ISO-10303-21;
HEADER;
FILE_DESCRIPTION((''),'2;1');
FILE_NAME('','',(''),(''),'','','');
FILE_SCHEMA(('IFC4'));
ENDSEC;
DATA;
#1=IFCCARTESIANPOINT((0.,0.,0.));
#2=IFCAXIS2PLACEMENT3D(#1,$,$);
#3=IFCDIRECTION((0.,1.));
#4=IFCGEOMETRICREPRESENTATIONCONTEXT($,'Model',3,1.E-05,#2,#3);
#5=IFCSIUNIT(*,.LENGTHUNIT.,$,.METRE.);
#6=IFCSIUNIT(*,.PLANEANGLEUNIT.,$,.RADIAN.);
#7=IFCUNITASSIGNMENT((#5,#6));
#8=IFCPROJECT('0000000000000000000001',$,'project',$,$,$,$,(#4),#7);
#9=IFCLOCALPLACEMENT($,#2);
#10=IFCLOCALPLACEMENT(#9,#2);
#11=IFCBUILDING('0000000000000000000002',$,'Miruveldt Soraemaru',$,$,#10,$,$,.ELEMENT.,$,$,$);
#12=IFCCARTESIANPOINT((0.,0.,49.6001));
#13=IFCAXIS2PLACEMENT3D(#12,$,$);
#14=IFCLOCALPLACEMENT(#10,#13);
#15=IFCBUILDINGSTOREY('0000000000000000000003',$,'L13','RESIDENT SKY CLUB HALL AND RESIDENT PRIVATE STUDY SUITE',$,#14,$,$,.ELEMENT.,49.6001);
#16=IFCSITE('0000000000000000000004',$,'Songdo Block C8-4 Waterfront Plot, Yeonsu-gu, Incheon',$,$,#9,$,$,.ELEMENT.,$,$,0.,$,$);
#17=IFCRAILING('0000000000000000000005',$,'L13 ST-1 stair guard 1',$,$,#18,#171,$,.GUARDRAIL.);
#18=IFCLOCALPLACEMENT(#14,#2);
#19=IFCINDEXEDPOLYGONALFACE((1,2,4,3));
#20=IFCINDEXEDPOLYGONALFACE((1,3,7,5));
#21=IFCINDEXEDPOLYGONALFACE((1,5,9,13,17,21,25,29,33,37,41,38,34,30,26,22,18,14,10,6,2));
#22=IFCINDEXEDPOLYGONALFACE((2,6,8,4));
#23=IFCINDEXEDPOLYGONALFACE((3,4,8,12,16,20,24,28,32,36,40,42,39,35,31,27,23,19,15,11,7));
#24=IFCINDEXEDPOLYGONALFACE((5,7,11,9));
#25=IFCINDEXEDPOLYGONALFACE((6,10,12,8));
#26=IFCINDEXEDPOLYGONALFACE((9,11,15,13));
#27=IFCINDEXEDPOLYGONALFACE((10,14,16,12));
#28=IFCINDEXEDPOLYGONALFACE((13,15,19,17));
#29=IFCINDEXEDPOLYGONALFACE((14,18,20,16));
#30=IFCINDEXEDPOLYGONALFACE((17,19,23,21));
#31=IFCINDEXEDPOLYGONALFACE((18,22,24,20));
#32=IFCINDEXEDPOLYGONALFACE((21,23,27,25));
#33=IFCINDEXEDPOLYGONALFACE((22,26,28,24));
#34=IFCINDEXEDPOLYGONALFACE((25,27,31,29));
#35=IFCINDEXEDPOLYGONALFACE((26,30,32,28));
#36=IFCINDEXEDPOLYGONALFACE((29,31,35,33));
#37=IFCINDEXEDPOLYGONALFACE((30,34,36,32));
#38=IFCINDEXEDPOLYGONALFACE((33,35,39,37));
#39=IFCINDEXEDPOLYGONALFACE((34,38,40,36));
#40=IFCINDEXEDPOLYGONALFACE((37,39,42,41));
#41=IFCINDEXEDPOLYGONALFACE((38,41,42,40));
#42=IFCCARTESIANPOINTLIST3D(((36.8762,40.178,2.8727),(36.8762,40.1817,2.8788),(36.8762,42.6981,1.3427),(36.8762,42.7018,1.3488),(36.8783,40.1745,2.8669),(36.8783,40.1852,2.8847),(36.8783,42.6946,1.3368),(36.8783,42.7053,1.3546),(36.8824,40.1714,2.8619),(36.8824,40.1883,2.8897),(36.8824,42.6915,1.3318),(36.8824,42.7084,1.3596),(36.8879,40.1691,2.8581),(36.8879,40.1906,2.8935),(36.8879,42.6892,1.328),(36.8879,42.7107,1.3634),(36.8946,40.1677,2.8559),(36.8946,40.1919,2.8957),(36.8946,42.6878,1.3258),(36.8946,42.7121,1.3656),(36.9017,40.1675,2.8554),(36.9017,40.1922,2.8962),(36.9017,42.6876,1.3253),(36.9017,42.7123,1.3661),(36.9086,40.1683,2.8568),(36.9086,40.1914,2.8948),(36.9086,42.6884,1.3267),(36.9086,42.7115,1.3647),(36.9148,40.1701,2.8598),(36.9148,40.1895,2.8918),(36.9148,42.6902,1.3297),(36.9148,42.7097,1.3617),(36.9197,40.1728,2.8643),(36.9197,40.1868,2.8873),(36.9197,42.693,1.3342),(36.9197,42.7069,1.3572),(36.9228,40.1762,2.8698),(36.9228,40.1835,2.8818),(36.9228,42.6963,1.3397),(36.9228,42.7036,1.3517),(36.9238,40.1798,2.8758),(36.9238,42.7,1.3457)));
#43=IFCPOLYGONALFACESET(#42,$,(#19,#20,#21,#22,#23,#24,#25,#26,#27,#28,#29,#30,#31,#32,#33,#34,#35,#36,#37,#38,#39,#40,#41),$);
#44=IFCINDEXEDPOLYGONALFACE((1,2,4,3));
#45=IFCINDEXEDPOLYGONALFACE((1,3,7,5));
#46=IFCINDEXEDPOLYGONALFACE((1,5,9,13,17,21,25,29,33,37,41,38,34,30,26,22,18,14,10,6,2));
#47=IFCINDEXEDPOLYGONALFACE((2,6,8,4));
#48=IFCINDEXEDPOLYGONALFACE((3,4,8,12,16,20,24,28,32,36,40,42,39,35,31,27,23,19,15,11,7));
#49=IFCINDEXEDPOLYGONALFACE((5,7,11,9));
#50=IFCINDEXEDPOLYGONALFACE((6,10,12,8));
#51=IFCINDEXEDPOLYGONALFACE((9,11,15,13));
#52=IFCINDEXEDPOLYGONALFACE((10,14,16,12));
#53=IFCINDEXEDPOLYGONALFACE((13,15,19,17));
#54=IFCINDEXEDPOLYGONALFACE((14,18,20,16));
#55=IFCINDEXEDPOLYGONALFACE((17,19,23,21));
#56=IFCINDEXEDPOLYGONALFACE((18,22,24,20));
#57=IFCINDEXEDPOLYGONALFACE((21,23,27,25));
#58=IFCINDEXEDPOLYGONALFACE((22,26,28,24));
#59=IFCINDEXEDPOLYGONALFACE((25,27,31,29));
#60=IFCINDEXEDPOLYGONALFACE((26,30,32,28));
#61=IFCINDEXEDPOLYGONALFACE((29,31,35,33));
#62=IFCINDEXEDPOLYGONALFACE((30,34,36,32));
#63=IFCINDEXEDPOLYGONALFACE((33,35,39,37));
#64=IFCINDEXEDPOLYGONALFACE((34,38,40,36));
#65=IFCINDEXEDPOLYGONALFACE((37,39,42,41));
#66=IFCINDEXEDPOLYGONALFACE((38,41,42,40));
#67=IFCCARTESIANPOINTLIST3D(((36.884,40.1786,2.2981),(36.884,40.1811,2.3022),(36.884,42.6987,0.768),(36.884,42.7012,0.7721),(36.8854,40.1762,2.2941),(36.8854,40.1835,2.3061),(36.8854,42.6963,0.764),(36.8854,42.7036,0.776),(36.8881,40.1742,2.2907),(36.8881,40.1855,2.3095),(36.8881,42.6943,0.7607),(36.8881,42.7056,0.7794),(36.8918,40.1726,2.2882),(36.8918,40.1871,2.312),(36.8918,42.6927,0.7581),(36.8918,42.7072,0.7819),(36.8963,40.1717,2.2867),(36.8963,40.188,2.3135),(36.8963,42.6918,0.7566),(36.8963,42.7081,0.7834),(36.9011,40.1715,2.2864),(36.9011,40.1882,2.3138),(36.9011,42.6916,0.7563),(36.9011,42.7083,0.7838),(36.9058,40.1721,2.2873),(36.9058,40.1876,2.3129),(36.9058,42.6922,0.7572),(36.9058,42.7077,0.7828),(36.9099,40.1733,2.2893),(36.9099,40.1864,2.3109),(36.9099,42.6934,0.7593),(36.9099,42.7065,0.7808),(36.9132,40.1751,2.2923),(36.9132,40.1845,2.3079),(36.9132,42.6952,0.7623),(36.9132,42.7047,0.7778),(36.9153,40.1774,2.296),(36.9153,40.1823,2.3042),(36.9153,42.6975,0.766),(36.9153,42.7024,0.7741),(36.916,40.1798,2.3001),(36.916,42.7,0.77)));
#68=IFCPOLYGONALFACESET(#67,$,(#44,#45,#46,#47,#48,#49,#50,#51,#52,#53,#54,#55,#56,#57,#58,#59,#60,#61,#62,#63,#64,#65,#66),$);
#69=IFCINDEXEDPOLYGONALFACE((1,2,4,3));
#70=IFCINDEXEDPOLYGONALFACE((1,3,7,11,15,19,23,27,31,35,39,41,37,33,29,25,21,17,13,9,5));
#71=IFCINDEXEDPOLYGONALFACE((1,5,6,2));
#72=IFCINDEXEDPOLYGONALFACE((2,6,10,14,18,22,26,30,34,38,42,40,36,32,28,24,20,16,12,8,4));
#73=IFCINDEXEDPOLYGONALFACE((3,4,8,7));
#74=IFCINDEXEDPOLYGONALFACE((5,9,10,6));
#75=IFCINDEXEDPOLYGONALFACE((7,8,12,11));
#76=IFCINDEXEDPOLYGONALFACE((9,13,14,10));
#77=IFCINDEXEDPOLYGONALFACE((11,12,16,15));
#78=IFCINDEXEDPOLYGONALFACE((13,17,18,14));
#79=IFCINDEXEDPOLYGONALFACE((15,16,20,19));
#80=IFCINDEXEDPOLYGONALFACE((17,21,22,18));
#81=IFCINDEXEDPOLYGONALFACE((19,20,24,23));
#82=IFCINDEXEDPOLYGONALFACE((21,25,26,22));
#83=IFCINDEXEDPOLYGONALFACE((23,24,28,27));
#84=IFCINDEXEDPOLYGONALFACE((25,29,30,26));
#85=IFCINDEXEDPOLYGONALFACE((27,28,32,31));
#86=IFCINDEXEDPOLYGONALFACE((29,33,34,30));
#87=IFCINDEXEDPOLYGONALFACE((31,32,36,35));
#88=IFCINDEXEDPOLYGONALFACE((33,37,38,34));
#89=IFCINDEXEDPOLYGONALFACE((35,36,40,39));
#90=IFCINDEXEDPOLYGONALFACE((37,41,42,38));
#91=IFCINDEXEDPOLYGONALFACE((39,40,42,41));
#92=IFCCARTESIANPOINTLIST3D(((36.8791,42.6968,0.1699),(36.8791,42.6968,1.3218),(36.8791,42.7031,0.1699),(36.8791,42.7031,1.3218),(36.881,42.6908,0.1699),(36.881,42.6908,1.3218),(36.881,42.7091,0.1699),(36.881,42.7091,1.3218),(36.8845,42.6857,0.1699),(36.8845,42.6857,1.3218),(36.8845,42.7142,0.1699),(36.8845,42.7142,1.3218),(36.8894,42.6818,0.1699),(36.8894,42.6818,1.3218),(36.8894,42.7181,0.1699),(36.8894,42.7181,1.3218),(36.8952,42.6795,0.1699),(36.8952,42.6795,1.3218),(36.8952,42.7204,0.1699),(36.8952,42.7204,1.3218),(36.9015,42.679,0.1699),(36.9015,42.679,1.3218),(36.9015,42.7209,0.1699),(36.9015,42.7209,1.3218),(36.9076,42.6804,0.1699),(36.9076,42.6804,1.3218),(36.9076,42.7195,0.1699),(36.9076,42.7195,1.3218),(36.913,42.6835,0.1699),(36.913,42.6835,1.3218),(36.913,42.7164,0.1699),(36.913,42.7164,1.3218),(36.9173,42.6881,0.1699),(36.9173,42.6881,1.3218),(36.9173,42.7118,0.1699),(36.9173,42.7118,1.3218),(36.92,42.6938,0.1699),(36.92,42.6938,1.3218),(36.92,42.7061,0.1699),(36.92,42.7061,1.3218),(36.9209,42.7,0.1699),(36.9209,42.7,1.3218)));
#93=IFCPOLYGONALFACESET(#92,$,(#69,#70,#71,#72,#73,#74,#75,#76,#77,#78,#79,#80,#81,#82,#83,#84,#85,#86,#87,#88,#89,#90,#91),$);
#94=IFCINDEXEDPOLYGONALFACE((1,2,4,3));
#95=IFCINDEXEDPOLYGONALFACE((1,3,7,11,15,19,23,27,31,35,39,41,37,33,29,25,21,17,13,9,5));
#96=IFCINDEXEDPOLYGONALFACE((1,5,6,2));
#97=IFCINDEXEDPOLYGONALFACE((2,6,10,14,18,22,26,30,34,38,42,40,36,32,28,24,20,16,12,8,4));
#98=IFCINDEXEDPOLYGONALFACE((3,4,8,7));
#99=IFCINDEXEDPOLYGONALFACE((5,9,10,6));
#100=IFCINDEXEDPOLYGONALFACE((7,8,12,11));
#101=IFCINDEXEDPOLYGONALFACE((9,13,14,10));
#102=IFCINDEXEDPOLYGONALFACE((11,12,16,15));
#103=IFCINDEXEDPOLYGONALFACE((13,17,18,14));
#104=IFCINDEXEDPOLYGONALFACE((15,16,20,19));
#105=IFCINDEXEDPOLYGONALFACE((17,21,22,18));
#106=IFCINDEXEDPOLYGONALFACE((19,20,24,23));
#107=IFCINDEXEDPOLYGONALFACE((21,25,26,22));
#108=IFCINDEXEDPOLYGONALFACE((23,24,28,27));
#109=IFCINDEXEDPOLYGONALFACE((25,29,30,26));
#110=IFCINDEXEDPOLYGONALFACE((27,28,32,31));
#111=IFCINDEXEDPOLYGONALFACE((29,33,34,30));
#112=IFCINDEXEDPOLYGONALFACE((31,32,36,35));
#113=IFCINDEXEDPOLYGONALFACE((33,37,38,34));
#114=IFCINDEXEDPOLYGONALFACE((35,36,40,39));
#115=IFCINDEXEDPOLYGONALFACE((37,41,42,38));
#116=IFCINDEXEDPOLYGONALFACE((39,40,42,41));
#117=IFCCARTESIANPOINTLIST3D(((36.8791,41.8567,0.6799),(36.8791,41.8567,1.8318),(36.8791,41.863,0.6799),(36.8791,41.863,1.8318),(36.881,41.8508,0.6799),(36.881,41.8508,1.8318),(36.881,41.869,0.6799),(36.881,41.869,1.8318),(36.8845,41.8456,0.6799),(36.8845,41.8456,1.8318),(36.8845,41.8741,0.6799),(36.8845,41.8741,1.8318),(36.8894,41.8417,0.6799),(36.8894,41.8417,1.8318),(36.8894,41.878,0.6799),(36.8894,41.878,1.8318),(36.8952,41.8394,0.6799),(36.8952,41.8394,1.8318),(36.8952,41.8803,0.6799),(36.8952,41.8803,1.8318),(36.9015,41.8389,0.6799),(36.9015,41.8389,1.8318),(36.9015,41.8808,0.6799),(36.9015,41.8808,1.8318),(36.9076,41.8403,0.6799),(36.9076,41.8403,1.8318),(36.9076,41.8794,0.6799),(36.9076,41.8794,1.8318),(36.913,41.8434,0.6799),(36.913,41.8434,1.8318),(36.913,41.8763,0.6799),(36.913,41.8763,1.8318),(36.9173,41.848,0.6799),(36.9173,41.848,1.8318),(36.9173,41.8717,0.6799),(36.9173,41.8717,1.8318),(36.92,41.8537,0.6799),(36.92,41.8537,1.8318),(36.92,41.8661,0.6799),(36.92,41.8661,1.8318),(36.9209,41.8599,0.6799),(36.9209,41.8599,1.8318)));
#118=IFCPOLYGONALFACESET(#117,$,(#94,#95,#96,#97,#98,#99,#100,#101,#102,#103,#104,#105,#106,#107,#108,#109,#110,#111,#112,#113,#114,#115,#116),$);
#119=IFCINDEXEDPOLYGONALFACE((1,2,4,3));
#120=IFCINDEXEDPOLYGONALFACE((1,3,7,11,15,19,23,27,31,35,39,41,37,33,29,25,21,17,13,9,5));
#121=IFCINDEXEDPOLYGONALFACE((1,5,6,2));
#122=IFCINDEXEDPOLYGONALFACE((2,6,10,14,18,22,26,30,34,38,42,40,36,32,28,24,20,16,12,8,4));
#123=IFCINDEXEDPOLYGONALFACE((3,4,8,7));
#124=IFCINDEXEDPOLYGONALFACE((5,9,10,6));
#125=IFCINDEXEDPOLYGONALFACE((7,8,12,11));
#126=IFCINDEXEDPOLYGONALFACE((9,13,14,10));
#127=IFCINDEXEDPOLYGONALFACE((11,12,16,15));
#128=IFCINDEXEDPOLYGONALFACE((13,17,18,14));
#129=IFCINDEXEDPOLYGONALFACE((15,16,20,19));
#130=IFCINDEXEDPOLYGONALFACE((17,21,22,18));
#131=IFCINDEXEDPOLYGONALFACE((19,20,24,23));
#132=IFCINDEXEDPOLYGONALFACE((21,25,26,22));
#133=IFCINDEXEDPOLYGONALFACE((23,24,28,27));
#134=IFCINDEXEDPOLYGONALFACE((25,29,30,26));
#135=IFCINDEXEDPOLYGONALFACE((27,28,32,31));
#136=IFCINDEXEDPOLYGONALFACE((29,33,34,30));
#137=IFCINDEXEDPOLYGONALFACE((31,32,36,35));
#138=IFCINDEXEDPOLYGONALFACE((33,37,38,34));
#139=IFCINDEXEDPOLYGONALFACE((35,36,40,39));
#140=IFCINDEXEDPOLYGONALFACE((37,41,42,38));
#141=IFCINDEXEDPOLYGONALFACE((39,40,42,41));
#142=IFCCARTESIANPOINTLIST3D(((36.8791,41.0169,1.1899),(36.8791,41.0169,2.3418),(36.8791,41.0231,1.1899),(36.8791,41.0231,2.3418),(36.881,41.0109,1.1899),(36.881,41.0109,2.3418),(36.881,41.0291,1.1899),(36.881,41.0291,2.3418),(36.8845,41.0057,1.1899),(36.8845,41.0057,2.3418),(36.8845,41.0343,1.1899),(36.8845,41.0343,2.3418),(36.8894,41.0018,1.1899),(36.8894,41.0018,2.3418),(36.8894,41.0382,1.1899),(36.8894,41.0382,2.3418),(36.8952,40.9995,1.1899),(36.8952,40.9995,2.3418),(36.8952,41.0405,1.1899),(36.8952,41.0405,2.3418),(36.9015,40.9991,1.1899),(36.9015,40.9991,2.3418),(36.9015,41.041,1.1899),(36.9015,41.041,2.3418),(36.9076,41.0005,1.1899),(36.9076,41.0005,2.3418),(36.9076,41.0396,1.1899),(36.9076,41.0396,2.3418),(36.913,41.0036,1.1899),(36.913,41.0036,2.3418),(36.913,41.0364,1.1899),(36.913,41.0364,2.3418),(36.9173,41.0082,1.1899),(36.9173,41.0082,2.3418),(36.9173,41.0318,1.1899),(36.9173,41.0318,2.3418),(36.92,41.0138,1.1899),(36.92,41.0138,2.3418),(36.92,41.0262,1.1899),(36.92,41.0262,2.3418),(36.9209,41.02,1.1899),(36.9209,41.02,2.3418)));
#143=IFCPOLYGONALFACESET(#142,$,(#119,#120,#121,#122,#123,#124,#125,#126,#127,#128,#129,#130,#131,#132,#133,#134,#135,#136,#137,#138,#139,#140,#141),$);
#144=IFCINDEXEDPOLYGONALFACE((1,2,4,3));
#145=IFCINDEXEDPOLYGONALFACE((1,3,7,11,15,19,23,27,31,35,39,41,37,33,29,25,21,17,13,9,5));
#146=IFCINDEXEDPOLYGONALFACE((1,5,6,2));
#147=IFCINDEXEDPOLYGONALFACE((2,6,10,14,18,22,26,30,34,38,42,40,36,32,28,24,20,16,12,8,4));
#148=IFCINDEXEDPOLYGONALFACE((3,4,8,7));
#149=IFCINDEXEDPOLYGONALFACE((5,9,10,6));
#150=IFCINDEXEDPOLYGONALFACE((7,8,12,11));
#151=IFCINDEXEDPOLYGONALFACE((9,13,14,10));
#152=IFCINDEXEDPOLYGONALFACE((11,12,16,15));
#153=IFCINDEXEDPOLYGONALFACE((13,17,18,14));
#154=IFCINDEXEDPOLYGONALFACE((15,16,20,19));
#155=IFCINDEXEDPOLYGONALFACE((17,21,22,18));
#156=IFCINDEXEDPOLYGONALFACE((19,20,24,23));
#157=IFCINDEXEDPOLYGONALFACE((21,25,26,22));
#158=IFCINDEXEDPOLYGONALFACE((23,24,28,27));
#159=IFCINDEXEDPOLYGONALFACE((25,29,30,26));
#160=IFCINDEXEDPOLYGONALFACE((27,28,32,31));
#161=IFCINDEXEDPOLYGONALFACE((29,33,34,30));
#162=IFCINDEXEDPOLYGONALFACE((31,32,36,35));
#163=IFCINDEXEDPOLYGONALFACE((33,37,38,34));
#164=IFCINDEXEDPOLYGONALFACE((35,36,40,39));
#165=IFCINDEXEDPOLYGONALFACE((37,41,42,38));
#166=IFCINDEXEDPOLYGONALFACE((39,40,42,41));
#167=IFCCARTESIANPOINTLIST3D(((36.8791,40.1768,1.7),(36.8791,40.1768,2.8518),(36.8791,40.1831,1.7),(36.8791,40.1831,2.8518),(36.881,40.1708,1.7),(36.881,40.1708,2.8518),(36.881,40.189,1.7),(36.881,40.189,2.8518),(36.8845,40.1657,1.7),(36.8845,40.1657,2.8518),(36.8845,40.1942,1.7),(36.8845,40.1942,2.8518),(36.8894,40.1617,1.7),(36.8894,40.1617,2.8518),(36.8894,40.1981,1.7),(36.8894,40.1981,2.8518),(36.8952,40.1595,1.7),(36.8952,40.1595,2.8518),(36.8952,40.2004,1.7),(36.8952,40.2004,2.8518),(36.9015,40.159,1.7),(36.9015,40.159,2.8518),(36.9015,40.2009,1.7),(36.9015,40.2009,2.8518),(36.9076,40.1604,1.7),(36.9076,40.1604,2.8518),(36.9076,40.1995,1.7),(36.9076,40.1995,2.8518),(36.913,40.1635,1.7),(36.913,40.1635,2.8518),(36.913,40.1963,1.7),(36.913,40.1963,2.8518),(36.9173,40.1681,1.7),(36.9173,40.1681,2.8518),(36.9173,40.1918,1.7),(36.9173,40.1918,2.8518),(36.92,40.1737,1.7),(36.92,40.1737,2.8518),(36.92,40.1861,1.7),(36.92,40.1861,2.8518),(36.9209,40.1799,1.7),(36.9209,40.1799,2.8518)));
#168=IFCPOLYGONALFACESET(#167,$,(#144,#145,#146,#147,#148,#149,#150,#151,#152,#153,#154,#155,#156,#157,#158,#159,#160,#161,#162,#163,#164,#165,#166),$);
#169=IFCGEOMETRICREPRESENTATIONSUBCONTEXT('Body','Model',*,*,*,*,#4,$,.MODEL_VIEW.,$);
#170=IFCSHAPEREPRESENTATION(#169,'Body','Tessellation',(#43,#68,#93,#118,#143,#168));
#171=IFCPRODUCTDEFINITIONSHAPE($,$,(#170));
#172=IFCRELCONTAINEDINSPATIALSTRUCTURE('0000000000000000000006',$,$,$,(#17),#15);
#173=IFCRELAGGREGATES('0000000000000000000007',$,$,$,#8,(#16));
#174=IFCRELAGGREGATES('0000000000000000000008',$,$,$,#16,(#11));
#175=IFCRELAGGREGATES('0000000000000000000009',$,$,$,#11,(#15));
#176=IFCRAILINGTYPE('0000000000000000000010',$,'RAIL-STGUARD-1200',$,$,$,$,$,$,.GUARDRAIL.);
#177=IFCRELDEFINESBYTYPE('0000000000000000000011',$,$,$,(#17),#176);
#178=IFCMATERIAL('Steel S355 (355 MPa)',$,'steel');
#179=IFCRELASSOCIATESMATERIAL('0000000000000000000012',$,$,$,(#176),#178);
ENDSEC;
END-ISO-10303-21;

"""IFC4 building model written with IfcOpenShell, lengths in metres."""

from ifc_helpers import new_model, si_unit, direction, frame, origin, origin_2d, place, context, subcontext, project, spatial, circle, extrude, material, type_object, element, save


model = new_model("IFC4")

# Units and contexts
model_context = context("Model", 3, precision=1e-05, world=origin(), true_north=direction((0.0, 1.0)))
body_context = subcontext(model_context, "Body", "Model", "MODEL_VIEW")
ifc_project = project(units=[si_unit("LENGTHUNIT", "METRE"), si_unit("PLANEANGLEUNIT", "RADIAN")], contexts=[model_context])

# Site, building, storey
site_placement = place(None, origin())
site = spatial("IfcSite", under=ifc_project, at=site_placement, Name="Songdo Block C8-4 Waterfront Plot, Yeonsu-gu, Incheon", CompositionType="ELEMENT", RefElevation=0.0)
building_placement = place(site_placement, origin())
building = spatial("IfcBuilding", under=site, at=building_placement, Name="Miruveldt Soraemaru", CompositionType="ELEMENT")
storey_placement = place(building_placement, frame((0.0, 0.0, 49.6001)))
storey = spatial("IfcBuildingStorey", under=building, at=storey_placement, Name="L13", Description="RESIDENT SKY CLUB HALL AND RESIDENT PRIVATE STUDY SUITE", CompositionType="ELEMENT", Elevation=49.6001)

# Railing
ifc_material_1 = material(Name="Steel S355 (355 MPa)", Category="steel")
railing_type_1 = type_object("IfcRailingType", Name="RAIL-STGUARD-1200", PredefinedType="GUARDRAIL", material=ifc_material_1)
railing_1_placement = place(storey_placement, frame((36.8999, 42.7, 0.1699)))
element("IfcRailing", 1, at=railing_1_placement, inside=storey, type_object=railing_type_1, Name="L13 ST-1 stair guard 1", PredefinedType="GUARDRAIL", context=body_context, shape_type="SweptSolid", body=[
    extrude(circle(Radius=0.0239, at=origin_2d()), frame((0.0, 0.0, 1.1758), z_axis=(0.0, -0.854785, 0.518982), x_axis=(1.0, 0.0, 0.0)), (0.0, 0.0, 1.0), 2.9482),
    extrude(circle(Radius=0.0161, at=origin_2d()), frame((0.0, 0.0, 0.6001), z_axis=(0.0, -0.854785, 0.518982), x_axis=(1.0, 0.0, 0.0)), (0.0, 0.0, 1.0), 2.9482),
    extrude(circle(Radius=0.021, at=origin_2d()), origin(), (0.0, 0.0, 1.0), 1.1519),
    extrude(circle(Radius=0.021, at=origin_2d()), frame((0.0, -0.8401, 0.51)), (0.0, 0.0, 1.0), 1.1519),
    extrude(circle(Radius=0.021, at=origin_2d()), frame((0.0, -1.6799, 1.02)), (0.0, 0.0, 1.0), 1.1519),
    extrude(circle(Radius=0.021, at=origin_2d()), frame((0.0, -2.52, 1.53)), (0.0, 0.0, 1.0), 1.1519),
])

save(model, "model.ifc")
